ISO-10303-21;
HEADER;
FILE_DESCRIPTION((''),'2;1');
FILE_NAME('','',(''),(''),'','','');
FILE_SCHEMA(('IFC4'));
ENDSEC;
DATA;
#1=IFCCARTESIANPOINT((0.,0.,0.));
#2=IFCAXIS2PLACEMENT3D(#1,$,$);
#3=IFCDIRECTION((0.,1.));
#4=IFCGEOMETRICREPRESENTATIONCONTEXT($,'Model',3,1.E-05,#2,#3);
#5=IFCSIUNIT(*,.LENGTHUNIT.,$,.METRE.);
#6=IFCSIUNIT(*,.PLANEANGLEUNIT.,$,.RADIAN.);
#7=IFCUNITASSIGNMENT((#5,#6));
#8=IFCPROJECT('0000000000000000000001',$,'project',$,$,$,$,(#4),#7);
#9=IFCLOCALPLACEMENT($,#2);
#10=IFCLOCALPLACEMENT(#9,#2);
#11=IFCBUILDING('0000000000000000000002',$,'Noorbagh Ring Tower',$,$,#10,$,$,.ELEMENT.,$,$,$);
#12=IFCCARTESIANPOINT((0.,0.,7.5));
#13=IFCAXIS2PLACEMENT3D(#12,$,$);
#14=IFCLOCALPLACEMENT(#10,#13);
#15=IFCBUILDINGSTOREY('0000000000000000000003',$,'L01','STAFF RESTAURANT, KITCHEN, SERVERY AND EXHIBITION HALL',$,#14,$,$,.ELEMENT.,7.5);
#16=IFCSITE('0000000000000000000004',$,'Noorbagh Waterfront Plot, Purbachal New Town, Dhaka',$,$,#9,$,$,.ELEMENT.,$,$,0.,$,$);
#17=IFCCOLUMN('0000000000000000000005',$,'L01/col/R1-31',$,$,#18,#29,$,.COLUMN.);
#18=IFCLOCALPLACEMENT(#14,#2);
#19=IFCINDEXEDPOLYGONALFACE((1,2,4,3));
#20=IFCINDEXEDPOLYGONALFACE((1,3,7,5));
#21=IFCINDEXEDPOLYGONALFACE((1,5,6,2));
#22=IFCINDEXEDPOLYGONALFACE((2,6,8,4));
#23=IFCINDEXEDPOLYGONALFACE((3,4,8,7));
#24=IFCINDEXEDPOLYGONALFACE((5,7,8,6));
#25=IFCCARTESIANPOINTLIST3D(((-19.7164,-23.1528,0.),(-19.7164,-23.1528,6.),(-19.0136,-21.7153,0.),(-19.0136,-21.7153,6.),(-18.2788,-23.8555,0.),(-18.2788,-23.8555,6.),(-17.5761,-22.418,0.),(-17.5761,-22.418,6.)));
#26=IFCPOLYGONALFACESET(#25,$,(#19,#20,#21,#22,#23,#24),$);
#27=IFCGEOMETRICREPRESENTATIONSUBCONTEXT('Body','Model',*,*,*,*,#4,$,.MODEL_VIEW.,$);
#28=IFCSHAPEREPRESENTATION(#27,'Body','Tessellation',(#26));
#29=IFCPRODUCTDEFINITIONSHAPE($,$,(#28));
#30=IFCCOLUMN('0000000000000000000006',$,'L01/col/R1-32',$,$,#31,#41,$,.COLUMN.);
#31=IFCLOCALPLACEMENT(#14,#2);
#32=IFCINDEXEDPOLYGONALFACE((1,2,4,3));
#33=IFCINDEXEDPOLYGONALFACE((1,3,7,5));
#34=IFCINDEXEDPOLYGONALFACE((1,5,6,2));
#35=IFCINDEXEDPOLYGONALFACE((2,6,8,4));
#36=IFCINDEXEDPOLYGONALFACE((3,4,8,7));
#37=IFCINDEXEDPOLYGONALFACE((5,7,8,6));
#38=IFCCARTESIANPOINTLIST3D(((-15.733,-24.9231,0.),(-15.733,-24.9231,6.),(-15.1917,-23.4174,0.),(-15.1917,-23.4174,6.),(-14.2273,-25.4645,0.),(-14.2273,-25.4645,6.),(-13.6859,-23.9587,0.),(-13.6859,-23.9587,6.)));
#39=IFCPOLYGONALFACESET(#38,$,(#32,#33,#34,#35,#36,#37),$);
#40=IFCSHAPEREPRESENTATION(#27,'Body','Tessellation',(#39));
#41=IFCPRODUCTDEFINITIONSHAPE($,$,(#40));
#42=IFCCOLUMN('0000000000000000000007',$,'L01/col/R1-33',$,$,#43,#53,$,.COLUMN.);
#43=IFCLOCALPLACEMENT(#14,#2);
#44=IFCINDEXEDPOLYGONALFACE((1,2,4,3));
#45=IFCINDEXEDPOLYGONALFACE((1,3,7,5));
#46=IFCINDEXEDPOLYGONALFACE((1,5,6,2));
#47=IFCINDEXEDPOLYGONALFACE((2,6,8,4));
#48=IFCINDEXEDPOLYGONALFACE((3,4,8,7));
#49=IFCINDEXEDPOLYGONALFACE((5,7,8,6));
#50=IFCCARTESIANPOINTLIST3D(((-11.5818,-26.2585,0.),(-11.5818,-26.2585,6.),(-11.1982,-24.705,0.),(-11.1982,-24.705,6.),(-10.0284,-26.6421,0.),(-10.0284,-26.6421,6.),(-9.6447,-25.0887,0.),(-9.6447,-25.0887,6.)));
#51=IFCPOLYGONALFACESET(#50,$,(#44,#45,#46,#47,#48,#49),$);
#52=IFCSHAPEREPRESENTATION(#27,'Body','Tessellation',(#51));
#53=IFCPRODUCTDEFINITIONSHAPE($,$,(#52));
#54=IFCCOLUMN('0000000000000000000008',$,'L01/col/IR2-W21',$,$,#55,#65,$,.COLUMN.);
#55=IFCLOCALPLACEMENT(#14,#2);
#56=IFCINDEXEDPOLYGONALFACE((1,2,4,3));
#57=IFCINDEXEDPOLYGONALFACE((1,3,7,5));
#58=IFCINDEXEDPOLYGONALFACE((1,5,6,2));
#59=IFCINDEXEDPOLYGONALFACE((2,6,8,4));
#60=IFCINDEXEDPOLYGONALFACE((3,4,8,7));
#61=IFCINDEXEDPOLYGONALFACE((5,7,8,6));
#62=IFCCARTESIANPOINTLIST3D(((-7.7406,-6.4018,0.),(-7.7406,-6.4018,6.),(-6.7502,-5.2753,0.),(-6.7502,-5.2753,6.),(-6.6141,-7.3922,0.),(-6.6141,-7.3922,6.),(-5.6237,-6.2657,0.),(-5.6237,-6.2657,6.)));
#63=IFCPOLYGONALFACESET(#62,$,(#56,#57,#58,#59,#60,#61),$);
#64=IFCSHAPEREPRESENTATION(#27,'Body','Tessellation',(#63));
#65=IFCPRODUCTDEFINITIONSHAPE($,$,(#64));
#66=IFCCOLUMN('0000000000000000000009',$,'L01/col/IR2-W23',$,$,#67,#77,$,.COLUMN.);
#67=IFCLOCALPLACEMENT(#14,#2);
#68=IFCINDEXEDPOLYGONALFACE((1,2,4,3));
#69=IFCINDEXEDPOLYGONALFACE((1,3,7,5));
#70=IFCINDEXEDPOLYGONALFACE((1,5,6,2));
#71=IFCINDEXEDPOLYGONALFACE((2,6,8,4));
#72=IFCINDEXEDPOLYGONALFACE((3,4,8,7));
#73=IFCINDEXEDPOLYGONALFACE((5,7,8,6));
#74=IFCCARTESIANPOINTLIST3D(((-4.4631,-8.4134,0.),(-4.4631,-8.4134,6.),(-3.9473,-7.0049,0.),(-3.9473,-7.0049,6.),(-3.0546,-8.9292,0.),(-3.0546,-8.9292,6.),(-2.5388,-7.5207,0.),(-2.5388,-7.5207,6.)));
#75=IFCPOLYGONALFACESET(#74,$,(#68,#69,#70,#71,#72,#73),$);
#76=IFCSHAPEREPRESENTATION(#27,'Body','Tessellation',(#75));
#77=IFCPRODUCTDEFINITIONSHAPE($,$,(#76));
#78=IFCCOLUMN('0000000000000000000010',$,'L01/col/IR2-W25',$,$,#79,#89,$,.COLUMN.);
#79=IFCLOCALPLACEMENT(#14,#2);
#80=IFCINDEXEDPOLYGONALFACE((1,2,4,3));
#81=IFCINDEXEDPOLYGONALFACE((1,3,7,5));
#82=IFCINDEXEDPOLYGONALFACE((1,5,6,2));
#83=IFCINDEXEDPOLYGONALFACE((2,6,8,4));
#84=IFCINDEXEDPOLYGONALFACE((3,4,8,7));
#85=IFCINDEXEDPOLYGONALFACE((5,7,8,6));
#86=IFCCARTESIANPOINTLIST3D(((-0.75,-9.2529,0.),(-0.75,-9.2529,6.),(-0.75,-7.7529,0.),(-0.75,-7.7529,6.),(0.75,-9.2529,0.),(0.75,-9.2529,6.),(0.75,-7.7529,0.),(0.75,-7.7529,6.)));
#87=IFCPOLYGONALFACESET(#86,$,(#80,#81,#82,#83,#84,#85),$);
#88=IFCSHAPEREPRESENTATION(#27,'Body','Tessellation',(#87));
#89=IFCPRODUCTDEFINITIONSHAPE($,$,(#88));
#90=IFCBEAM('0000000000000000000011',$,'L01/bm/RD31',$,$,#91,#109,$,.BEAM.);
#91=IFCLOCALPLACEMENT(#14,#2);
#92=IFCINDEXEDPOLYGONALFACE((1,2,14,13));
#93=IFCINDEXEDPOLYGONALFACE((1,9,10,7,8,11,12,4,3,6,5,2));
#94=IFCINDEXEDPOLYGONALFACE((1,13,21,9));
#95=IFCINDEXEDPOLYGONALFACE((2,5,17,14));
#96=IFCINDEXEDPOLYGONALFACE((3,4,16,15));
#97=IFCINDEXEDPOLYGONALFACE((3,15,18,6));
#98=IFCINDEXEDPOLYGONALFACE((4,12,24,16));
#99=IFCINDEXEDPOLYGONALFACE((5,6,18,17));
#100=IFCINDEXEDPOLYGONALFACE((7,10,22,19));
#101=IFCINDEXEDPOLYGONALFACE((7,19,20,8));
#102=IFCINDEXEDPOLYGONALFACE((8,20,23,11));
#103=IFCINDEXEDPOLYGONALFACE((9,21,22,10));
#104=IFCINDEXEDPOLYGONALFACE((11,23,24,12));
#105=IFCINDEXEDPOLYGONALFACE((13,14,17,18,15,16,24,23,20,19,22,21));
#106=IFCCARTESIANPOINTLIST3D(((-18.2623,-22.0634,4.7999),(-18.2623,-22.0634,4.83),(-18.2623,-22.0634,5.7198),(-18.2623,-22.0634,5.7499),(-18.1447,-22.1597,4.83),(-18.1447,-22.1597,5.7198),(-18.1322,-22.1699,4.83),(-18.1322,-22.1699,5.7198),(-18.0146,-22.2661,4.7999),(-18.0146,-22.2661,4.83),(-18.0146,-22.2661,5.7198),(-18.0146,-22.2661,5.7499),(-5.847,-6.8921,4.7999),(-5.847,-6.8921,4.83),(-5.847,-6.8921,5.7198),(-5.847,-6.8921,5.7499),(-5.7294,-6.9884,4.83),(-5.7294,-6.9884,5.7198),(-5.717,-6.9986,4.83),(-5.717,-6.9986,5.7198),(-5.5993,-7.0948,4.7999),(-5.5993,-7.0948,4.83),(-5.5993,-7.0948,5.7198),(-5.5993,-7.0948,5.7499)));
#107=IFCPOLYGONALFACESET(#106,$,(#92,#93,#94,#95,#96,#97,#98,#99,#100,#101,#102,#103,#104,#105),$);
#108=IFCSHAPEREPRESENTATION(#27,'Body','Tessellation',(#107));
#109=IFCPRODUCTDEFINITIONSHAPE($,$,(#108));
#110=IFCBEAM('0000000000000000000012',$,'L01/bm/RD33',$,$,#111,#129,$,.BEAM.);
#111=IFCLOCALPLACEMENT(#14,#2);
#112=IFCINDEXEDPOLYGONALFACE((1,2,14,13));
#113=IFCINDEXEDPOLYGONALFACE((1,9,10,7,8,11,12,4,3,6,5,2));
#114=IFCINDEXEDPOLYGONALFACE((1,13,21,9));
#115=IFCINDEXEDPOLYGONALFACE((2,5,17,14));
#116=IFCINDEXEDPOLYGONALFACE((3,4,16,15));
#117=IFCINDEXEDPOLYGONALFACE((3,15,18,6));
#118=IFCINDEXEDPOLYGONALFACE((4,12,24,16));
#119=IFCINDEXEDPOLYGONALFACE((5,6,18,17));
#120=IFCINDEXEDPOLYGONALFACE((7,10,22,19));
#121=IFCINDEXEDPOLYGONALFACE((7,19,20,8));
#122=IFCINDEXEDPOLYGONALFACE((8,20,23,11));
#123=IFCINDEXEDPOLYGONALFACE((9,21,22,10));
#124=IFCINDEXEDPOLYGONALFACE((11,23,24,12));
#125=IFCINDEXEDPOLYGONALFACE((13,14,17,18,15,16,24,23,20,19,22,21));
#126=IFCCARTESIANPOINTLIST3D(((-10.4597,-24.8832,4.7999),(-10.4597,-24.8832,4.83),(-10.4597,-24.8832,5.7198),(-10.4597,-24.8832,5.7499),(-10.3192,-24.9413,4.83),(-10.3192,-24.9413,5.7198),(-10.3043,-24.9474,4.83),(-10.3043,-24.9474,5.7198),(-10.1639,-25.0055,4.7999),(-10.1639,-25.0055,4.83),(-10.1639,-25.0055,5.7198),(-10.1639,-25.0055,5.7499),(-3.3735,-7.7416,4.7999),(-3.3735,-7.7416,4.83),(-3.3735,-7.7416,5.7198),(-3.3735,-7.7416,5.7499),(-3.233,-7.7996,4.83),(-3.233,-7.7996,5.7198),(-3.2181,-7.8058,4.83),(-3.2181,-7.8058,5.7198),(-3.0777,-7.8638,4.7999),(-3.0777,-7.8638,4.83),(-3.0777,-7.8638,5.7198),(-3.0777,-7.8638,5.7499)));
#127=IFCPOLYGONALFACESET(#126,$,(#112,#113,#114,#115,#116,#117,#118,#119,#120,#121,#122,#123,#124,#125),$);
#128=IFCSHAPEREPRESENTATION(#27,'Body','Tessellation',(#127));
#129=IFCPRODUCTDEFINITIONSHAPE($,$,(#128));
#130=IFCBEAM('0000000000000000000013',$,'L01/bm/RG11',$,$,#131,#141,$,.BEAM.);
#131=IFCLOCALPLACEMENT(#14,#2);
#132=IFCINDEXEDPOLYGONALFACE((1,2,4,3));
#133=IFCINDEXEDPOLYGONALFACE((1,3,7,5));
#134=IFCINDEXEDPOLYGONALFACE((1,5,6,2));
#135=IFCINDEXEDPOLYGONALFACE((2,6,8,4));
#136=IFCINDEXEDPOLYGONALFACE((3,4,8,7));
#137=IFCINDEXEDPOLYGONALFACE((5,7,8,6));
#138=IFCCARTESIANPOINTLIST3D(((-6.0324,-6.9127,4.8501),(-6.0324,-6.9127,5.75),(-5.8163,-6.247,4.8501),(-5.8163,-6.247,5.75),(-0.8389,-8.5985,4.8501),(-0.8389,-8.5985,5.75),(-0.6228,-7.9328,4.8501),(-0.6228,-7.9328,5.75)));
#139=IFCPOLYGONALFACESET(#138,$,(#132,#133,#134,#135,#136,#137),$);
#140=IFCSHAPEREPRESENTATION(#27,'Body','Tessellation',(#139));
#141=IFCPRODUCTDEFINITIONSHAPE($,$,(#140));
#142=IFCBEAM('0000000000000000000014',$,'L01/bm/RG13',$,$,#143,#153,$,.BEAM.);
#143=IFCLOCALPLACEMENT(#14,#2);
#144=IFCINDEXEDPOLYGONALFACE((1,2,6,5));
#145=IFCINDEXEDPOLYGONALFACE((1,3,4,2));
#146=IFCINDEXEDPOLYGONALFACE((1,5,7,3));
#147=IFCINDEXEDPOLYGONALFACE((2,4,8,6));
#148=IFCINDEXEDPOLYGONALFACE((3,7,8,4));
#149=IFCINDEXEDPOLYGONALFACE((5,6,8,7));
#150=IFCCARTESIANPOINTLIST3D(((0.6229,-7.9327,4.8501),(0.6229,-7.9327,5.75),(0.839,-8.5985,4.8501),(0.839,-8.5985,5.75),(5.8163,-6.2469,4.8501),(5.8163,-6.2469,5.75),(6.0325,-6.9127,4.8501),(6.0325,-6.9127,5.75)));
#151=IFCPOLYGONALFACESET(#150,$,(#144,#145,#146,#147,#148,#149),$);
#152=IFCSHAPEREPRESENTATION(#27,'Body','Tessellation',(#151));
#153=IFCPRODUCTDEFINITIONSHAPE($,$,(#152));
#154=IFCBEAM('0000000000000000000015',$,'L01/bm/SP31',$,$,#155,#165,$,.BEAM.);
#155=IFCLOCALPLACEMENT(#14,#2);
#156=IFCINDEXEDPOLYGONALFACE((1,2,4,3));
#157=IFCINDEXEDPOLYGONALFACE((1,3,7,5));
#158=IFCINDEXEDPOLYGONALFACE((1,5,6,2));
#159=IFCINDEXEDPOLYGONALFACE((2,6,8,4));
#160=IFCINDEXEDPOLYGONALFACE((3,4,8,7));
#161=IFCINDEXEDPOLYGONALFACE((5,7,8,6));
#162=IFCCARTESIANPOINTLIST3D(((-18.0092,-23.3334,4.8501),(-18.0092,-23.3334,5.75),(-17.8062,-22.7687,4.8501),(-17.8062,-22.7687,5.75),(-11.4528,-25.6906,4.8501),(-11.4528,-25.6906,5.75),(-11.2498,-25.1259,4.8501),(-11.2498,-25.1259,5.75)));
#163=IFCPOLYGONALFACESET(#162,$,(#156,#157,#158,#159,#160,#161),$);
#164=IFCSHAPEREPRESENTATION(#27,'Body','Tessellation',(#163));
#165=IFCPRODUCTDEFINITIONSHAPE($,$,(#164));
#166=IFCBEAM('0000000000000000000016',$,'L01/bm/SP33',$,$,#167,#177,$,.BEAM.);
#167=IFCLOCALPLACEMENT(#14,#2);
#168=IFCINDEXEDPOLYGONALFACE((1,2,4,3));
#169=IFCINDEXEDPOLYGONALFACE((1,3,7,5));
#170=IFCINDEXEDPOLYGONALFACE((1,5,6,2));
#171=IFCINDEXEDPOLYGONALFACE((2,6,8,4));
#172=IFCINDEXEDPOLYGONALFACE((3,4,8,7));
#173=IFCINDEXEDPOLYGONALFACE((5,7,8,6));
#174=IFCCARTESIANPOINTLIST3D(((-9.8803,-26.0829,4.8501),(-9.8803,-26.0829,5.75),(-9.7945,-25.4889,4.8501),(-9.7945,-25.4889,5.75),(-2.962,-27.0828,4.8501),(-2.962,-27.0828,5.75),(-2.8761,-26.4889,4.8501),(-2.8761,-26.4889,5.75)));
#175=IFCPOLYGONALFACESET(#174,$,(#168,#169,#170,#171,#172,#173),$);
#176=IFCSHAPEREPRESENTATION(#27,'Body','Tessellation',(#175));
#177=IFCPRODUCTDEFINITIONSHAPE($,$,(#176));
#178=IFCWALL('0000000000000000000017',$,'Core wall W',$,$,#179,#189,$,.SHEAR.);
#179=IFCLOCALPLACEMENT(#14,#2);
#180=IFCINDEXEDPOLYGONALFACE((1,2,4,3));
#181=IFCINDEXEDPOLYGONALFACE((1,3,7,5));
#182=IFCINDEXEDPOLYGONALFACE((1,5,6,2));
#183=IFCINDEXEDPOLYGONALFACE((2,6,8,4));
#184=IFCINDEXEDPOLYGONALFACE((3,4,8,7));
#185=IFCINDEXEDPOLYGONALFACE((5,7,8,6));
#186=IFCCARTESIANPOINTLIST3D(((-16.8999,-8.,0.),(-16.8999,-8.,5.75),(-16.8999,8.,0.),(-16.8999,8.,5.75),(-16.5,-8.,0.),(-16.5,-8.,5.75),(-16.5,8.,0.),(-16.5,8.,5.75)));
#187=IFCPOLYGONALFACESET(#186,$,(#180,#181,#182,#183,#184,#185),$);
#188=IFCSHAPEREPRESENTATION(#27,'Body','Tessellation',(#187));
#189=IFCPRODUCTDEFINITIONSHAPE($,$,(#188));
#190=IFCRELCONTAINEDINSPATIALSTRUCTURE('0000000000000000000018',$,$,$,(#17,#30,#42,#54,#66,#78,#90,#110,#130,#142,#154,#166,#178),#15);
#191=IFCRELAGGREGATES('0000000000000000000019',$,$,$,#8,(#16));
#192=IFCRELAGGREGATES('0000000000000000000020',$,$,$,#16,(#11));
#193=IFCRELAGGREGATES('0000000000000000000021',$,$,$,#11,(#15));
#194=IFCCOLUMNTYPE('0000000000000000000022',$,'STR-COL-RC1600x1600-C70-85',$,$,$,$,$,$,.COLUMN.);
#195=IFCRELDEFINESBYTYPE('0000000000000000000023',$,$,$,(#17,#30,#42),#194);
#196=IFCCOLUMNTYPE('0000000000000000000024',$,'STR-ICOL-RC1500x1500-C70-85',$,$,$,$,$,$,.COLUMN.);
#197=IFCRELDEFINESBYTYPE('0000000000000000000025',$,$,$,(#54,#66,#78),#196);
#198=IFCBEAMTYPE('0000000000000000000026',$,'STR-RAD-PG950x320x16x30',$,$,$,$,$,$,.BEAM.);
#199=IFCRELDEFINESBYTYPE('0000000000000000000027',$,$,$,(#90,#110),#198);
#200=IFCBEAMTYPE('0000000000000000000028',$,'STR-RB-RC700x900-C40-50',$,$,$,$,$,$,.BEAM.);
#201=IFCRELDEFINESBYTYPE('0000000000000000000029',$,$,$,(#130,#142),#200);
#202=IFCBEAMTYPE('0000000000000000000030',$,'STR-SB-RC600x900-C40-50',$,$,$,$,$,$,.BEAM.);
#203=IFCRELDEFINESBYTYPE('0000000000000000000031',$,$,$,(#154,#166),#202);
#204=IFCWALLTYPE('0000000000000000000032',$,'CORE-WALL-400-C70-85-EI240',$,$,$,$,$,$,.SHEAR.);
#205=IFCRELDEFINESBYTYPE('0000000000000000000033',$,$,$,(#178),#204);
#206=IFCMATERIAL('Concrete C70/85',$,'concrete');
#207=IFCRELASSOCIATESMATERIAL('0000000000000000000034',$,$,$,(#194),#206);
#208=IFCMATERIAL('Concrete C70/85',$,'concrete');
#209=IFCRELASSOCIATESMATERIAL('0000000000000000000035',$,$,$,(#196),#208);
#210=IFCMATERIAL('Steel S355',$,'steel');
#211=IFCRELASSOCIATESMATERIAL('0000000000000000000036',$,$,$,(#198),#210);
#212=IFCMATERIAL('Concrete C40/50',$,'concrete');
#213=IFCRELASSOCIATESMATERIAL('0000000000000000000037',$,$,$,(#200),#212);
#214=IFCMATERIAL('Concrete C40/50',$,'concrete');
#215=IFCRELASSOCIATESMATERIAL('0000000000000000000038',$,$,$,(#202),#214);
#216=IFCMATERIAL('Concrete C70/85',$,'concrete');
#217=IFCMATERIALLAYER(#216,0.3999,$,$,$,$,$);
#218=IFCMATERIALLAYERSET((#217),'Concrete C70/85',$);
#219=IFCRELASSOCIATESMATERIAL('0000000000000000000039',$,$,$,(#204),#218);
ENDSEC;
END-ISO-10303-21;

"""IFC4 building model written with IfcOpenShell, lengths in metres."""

from ifc_helpers import new_model, si_unit, direction, frame, frame_2d, origin, origin_2d, place, context, subcontext, project, spatial, rectangle, i_section, extrude, material, layer, layer_set, material_profile, profile_set, type_object, element, save


model = new_model("IFC4")

# Units and contexts
model_context = context("Model", 3, precision=1e-05, world=origin(), true_north=direction((0.0, 1.0)))
body_context = subcontext(model_context, "Body", "Model", "MODEL_VIEW")
ifc_project = project(units=[si_unit("LENGTHUNIT", "METRE"), si_unit("PLANEANGLEUNIT", "RADIAN")], contexts=[model_context])

# Site, building, storey
site_placement = place(None, origin())
site = spatial("IfcSite", under=ifc_project, at=site_placement, Name="Noorbagh Waterfront Plot, Purbachal New Town, Dhaka", CompositionType="ELEMENT", RefElevation=0.0)
building_placement = place(site_placement, origin())
building = spatial("IfcBuilding", under=site, at=building_placement, Name="Noorbagh Ring Tower", CompositionType="ELEMENT")
storey_placement = place(building_placement, frame((0.0, 0.0, 7.5)))
storey = spatial("IfcBuildingStorey", under=building, at=storey_placement, Name="L01", Description="STAFF RESTAURANT, KITCHEN, SERVERY AND EXHIBITION HALL", CompositionType="ELEMENT", Elevation=7.5)

# Columns
ifc_material_1 = material(Name="Concrete C70/85", Category="concrete")
ifc_material_profile_1 = material_profile(ifc_material_1, rectangle(XDim=1.6001, YDim=1.6001, at=origin_2d()), Name="RC1600x1600")
ifc_profile_set_1 = profile_set([ifc_material_profile_1], Name="Concrete C70/85")
column_type_1 = type_object("IfcColumnType", Name="STR-COL-RC1600x1600-C70-85", PredefinedType="COLUMN", material=ifc_profile_set_1)
for number, where, z_axis, x_axis, name in (
    (1, (-18.6462, -22.7854, 0.0), (0.0, 0.0, 1.0), (0.898399, -0.43918, 0.0), "L01/col/R1-31"),
    (2, (-14.7095, -24.4409, 0.0), (0.0, 0.0, 1.0), (0.941025, -0.338338, 0.0), "L01/col/R1-32"),
    (3, (-10.6133, -25.6736, 0.0), (0.0, 0.0, 1.0), (0.970829, -0.239771, 0.0), "L01/col/R1-33"),
):
    element("IfcColumn", number, at=place(storey_placement, frame(where, z_axis=z_axis, x_axis=x_axis)), inside=storey, type_object=column_type_1, Name=name, PredefinedType="COLUMN", context=body_context, shape_type="SweptSolid", body=[
        extrude(rectangle(XDim=1.6001, YDim=1.6001, at=origin_2d()), origin(), (0.0, 0.0, 1.0), 6.0),
    ])
ifc_material_2 = material(Name="Concrete C70/85", Category="concrete")
ifc_material_profile_2 = material_profile(ifc_material_2, rectangle(XDim=1.5, YDim=1.5, at=origin_2d()), Name="RC1500x1500")
ifc_profile_set_2 = profile_set([ifc_material_profile_2], Name="Concrete C70/85")
column_type_2 = type_object("IfcColumnType", Name="STR-ICOL-RC1500x1500-C70-85", PredefinedType="COLUMN", material=ifc_profile_set_2)
for number, where, z_axis, x_axis, name in (
    (4, (-6.6821, -6.3337, 0.0), (0.0, 0.0, 1.0), (0.751022, -0.660277, 0.0), "L01/col/IR2-W21"),
    (5, (-3.501, -7.967, 0.0), (0.0, 0.0, 1.0), (0.93902, -0.343864, 0.0), "L01/col/IR2-W23"),
    (6, (0.0, -8.5029, 0.0), (0.0, 0.0, 1.0), (1.0, 0.0, 0.0), "L01/col/IR2-W25"),
):
    element("IfcColumn", number, at=place(storey_placement, frame(where, z_axis=z_axis, x_axis=x_axis)), inside=storey, type_object=column_type_2, Name=name, PredefinedType="COLUMN", context=body_context, shape_type="SweptSolid", body=[
        extrude(rectangle(XDim=1.5, YDim=1.5, at=origin_2d()), origin(), (0.0, 0.0, 1.0), 6.0),
    ])

# Beams
ifc_material_3 = material(Name="Steel S355", Category="steel")
ifc_material_profile_3 = material_profile(ifc_material_3, i_section(OverallWidth=0.3201, OverallDepth=0.95, WebThickness=0.0161, FlangeThickness=0.03, at=origin_2d()), Name="PG950x320x16x30")
ifc_profile_set_3 = profile_set([ifc_material_profile_3], Name="Steel S355")
beam_type_1 = type_object("IfcBeamType", Name="STR-RAD-PG950x320x16x30", PredefinedType="BEAM", material=ifc_profile_set_3)
beam_1_placement = place(storey_placement, frame((-18.1384, -22.1648, 5.2749), z_axis=(0.633309, 0.773899, 0.0), x_axis=(-0.773899, 0.633309, 0.0)))
element("IfcBeam", 7, at=beam_1_placement, inside=storey, type_object=beam_type_1, Name="L01/bm/RD31", PredefinedType="BEAM", context=body_context, shape_type="SweptSolid", body=[
    extrude(i_section(OverallWidth=0.3201, OverallDepth=0.95, WebThickness=0.0161, FlangeThickness=0.03, at=origin_2d()), origin(), (0.0, 0.0, 1.0), 19.6038),
])
beam_2_placement = place(storey_placement, frame((-10.3118, -24.9443, 5.2749), z_axis=(0.382034, 0.924148, 0.0), x_axis=(-0.924148, 0.382034, 0.0)))
element("IfcBeam", 8, at=beam_2_placement, inside=storey, type_object=beam_type_1, Name="L01/bm/RD33", PredefinedType="BEAM", context=body_context, shape_type="SweptSolid", body=[
    extrude(i_section(OverallWidth=0.3201, OverallDepth=0.95, WebThickness=0.0161, FlangeThickness=0.03, at=origin_2d()), origin(), (0.0, 0.0, 1.0), 18.5486),
])
ifc_material_4 = material(Name="Concrete C40/50", Category="concrete")
ifc_material_profile_4 = material_profile(ifc_material_4, rectangle(XDim=0.7, YDim=0.8999, at=origin_2d()), Name="RC700x900")
ifc_profile_set_4 = profile_set([ifc_material_profile_4], Name="Concrete C40/50")
beam_type_2 = type_object("IfcBeamType", Name="STR-RB-RC700x900-C40-50", PredefinedType="BEAM", material=ifc_profile_set_4)
for number, where, z_axis, x_axis, name in (
    (9, (-5.9243, -6.5798, 5.3), (0.951144, -0.308746, 0.0), (0.308746, 0.951144, 0.0), "L01/bm/RG11"),
    (10, (0.731, -8.2656, 5.3), (0.951144, 0.308746, 0.0), (-0.308746, 0.951144, 0.0), "L01/bm/RG13"),
):
    element("IfcBeam", number, at=place(storey_placement, frame(where, z_axis=z_axis, x_axis=x_axis)), inside=storey, type_object=beam_type_2, Name=name, PredefinedType="BEAM", context=body_context, shape_type="SweptSolid", body=[
        extrude(rectangle(XDim=0.7, YDim=0.8999, at=origin_2d()), origin(), (0.0, 0.0, 1.0), 5.4602),
    ])
ifc_material_5 = material(Name="Concrete C40/50", Category="concrete")
ifc_material_profile_5 = material_profile(ifc_material_5, rectangle(XDim=0.6001, YDim=0.8999, at=origin_2d()), Name="RC600x900")
ifc_profile_set_5 = profile_set([ifc_material_profile_5], Name="Concrete C40/50")
beam_type_3 = type_object("IfcBeamType", Name="STR-SB-RC600x900-C40-50", PredefinedType="BEAM", material=ifc_profile_set_5)
beam_3_placement = place(storey_placement, frame((-17.9077, -23.051, 5.3), z_axis=(0.94103, -0.338322, 0.0), x_axis=(0.338322, 0.94103, 0.0)))
element("IfcBeam", 11, at=beam_3_placement, inside=storey, type_object=beam_type_3, Name="L01/bm/SP31", PredefinedType="BEAM", context=body_context, shape_type="SweptSolid", body=[
    extrude(rectangle(XDim=0.6001, YDim=0.8999, at=origin_2d()), origin(), (0.0, 0.0, 1.0), 6.9673),
])
beam_4_placement = place(storey_placement, frame((-9.8374, -25.7859, 5.3), z_axis=(0.989715, -0.143054, 0.0), x_axis=(0.143054, 0.989715, 0.0)))
element("IfcBeam", 12, at=beam_4_placement, inside=storey, type_object=beam_type_3, Name="L01/bm/SP33", PredefinedType="BEAM", context=body_context, shape_type="SweptSolid", body=[
    extrude(rectangle(XDim=0.6001, YDim=0.8999, at=origin_2d()), origin(), (0.0, 0.0, 1.0), 6.9902),
])

# Wall
ifc_material_6 = material(Name="Concrete C70/85", Category="concrete")
ifc_layer_1 = layer(ifc_material_6, 0.3999)
ifc_layer_set_1 = layer_set([ifc_layer_1], Name="Concrete C70/85")
wall_type_1 = type_object("IfcWallType", Name="CORE-WALL-400-C70-85-EI240", PredefinedType="SHEAR", material=ifc_layer_set_1)
wall_1_placement = place(storey_placement, frame((-16.7, -8.0, 0.0), z_axis=(0.0, 0.0, 1.0), x_axis=(0.0, 1.0, 0.0)))
element("IfcWall", 13, at=wall_1_placement, inside=storey, type_object=wall_type_1, Name="Core wall W", PredefinedType="SHEAR", context=body_context, shape_type="SweptSolid", body=[
    extrude(rectangle(XDim=16.0, YDim=0.3999, at=frame_2d((8.0, 0.0))), origin(), (0.0, 0.0, 1.0), 5.75),
])

save(model, "model.ifc")
